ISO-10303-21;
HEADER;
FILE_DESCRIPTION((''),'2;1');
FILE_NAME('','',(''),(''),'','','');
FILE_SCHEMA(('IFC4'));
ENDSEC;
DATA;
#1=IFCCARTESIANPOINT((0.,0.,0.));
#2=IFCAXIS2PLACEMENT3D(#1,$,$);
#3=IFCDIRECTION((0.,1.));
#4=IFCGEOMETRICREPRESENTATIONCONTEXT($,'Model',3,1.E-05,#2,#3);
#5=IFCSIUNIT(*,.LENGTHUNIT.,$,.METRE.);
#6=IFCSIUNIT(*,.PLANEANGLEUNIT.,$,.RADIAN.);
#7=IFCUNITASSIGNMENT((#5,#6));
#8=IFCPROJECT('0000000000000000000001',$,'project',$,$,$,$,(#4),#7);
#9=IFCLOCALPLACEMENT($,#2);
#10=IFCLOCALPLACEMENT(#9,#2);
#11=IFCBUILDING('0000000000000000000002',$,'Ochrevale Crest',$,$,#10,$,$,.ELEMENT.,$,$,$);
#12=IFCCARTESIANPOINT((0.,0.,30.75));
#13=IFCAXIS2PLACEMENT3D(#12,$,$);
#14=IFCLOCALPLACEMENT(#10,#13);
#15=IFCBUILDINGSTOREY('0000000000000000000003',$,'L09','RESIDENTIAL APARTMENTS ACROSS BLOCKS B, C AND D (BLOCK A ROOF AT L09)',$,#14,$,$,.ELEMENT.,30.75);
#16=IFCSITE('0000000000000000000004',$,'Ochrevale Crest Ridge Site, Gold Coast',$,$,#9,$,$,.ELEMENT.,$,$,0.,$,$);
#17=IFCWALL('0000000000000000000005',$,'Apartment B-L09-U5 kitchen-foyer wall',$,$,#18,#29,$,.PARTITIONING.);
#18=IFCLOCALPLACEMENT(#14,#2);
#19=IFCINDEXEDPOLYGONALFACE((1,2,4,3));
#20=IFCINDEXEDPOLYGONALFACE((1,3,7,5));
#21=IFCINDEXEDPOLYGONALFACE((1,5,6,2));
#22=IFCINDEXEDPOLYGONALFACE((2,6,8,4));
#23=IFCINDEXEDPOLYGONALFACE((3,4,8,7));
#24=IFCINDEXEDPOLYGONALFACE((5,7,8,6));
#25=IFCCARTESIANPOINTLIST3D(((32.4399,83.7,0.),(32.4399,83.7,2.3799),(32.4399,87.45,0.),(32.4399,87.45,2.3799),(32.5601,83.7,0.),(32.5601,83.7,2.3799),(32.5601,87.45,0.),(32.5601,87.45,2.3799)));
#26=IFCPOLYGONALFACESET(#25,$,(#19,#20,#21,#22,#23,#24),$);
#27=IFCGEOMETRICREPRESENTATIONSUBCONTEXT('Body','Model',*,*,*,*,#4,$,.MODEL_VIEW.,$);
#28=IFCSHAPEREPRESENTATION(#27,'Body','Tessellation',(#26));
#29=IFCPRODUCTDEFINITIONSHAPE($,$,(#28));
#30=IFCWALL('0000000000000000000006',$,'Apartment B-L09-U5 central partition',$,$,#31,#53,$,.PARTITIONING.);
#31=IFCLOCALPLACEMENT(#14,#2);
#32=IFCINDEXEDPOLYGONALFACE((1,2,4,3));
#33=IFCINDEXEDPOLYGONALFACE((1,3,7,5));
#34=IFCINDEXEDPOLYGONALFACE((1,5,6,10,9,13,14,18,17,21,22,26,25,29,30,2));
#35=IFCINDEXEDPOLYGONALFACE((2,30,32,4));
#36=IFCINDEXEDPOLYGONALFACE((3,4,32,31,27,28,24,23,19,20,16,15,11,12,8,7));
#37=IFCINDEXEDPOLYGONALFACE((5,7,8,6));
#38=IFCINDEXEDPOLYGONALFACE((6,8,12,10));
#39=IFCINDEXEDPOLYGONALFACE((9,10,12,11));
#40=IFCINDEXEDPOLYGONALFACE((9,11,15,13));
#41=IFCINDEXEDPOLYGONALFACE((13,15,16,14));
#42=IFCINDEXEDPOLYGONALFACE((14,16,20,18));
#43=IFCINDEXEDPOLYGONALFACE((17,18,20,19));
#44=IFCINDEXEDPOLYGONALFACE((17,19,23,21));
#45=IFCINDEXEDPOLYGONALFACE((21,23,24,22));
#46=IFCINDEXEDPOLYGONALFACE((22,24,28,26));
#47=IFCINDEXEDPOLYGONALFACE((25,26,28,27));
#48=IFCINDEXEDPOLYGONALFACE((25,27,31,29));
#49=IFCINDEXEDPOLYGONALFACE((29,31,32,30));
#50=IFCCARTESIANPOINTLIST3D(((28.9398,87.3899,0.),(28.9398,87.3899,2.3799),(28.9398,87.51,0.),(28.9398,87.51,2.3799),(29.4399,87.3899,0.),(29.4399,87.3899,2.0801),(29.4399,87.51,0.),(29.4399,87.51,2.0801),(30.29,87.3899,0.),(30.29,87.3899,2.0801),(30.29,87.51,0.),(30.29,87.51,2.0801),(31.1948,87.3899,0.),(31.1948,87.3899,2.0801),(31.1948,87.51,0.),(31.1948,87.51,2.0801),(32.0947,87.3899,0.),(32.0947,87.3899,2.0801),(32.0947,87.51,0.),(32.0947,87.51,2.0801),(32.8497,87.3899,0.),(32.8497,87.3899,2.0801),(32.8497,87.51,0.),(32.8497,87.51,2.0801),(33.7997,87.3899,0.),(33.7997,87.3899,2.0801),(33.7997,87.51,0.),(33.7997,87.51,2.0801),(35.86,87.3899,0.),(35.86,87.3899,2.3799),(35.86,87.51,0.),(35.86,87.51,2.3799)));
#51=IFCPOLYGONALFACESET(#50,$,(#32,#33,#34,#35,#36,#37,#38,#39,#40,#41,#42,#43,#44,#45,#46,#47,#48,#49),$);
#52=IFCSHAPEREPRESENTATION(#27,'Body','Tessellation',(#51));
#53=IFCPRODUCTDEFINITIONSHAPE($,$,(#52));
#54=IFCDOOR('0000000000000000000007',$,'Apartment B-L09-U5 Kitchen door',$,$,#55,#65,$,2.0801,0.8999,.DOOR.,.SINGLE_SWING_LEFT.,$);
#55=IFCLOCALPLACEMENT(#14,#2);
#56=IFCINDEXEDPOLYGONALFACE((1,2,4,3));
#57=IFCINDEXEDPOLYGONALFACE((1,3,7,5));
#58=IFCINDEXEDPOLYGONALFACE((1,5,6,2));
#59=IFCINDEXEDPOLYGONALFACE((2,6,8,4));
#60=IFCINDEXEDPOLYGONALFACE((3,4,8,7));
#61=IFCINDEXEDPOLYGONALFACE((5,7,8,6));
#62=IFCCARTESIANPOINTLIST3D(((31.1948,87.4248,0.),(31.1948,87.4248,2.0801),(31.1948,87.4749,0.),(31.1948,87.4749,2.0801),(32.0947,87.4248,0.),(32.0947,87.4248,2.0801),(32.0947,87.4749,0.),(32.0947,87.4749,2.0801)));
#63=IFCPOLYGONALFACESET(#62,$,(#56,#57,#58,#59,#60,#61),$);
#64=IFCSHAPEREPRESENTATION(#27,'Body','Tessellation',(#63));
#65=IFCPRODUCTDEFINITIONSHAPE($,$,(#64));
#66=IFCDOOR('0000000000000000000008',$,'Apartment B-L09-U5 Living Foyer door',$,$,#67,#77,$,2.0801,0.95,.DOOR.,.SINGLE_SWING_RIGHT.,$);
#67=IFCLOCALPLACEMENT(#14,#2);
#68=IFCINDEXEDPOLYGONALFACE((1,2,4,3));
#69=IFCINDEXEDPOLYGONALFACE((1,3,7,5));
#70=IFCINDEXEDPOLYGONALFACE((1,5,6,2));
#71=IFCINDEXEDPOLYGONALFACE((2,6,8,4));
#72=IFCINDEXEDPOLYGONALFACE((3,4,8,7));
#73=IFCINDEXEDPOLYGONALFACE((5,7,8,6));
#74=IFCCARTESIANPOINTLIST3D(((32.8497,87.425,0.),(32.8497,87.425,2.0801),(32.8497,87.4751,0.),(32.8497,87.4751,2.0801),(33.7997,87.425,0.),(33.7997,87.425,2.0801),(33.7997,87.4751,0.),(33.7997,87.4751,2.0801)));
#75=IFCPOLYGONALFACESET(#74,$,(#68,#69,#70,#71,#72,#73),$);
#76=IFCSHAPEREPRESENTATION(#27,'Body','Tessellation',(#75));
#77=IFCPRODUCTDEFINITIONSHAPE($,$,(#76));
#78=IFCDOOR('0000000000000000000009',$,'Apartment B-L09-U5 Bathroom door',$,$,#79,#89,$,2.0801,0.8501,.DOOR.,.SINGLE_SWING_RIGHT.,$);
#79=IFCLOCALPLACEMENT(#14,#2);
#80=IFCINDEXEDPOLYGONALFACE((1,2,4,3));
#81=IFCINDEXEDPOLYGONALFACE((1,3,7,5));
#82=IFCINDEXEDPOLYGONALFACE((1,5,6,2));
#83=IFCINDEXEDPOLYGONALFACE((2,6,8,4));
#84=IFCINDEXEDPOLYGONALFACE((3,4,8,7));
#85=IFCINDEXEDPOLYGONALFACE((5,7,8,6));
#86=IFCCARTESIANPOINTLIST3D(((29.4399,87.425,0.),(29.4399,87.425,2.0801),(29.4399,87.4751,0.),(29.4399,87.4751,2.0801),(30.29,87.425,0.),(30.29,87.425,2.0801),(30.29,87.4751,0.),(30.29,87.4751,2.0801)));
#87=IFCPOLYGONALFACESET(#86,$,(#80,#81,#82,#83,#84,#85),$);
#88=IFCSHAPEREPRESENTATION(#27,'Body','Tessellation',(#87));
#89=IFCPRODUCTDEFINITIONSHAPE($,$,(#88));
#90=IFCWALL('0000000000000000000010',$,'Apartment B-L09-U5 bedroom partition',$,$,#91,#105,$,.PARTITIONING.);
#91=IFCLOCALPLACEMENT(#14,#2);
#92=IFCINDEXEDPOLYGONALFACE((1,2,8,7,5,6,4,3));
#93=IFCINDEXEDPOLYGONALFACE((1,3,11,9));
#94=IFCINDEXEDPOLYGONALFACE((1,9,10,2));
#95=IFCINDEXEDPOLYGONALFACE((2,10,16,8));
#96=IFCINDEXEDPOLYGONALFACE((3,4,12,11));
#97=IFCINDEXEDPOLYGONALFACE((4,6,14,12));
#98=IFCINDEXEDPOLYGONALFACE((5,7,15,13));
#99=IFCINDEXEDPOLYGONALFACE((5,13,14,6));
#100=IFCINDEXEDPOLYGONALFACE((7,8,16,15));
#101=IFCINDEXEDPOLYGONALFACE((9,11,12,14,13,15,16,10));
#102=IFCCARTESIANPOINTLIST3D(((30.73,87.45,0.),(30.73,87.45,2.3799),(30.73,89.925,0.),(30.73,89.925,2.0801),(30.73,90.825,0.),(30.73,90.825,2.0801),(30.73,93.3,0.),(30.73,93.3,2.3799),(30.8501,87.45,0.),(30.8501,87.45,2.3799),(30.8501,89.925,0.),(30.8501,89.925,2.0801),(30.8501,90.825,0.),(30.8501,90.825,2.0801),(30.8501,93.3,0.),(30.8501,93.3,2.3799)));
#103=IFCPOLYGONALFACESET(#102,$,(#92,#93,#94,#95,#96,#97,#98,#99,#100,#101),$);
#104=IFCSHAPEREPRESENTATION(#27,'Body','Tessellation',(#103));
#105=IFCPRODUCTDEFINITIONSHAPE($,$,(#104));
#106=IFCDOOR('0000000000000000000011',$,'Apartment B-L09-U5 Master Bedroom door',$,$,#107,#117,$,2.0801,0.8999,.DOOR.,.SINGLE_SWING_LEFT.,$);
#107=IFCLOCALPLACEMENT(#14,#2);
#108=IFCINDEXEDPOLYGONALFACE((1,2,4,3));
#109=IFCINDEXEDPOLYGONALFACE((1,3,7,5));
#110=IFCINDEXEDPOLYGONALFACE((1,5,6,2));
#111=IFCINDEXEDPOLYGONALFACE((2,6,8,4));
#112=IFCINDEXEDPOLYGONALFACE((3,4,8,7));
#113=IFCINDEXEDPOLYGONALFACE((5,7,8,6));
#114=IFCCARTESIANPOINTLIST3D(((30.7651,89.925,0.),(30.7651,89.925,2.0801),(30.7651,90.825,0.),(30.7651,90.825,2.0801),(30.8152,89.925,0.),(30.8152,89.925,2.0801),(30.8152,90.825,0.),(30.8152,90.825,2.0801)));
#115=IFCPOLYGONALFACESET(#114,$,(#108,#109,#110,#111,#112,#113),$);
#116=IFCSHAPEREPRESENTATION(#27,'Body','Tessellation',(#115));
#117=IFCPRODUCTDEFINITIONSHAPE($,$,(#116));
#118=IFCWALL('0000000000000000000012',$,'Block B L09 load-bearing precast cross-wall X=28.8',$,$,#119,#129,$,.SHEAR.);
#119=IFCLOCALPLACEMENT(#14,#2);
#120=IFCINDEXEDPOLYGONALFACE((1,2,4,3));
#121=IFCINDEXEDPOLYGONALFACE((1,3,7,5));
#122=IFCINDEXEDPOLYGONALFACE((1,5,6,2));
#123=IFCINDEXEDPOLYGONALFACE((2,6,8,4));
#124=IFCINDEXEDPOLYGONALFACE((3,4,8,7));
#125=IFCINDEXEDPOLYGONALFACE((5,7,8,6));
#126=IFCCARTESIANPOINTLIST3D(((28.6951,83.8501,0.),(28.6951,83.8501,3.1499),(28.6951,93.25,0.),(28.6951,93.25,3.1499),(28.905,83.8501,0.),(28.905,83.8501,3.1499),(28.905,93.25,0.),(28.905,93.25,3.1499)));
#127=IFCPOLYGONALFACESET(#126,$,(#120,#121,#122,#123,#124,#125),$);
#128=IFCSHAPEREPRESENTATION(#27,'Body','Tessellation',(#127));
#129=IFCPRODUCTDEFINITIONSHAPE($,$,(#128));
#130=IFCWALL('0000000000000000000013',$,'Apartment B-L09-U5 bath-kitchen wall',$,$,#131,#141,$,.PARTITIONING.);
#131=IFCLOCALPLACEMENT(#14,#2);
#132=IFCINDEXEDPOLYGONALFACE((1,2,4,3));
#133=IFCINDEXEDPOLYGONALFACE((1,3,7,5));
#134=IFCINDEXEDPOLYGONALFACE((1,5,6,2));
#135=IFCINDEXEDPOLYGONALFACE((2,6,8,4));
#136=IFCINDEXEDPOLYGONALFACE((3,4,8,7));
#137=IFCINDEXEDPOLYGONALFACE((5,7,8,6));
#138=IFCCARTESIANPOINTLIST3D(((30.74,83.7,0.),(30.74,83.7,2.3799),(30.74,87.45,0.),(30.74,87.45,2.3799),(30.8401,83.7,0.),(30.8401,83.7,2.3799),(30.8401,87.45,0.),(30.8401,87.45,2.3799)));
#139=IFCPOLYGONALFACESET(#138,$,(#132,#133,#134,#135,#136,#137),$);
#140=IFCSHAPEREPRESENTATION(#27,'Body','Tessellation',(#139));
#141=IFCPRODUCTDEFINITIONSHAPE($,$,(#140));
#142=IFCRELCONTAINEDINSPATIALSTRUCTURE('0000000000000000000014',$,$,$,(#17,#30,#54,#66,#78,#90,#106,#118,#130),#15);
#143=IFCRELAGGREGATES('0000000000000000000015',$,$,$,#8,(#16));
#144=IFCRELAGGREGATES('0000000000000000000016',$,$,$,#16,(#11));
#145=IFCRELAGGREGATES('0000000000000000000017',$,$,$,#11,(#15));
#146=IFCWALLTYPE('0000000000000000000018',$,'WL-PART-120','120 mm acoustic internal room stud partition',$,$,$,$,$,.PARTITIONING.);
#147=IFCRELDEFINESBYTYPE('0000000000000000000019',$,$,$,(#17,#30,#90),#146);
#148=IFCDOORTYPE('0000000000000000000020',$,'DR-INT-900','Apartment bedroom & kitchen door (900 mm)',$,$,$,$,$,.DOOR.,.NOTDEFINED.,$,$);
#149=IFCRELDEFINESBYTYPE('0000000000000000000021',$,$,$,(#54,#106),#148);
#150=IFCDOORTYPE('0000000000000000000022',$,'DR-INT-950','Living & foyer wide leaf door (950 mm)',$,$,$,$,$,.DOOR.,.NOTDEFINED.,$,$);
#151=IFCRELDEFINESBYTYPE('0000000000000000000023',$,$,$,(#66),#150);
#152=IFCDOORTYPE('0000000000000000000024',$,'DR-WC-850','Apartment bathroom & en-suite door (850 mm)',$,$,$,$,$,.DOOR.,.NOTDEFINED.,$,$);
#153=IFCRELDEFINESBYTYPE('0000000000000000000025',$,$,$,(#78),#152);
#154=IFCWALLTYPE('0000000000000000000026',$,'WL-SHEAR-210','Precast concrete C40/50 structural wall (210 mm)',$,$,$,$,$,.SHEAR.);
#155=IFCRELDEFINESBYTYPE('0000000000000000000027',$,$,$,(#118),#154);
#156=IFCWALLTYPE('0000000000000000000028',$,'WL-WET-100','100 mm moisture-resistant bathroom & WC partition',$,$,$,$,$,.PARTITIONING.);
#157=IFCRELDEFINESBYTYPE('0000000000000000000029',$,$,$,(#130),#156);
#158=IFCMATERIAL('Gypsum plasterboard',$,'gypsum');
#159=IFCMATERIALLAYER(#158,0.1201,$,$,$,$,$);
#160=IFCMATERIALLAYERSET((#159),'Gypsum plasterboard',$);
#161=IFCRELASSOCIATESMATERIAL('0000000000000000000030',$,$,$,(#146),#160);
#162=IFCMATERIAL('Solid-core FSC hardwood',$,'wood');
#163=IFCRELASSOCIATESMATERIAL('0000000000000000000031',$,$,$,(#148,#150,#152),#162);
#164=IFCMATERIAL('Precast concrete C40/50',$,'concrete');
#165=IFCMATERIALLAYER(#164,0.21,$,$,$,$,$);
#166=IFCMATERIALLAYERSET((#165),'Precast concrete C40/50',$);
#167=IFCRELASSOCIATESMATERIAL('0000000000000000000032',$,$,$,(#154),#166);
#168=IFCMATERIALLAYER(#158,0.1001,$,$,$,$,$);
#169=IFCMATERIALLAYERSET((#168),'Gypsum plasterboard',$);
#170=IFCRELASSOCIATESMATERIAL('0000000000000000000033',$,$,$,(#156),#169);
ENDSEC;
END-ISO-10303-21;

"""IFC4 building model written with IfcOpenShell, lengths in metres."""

from ifc_helpers import new_model, si_unit, direction, frame, frame_2d, origin, place, context, subcontext, project, spatial, rectangle, extrude, material, layer, layer_set, type_object, element, fill, save


model = new_model("IFC4")

# Units and contexts
model_context = context("Model", 3, precision=1e-05, world=origin(), true_north=direction((0.0, 1.0)))
body_context = subcontext(model_context, "Body", "Model", "MODEL_VIEW")
ifc_project = project(units=[si_unit("LENGTHUNIT", "METRE"), si_unit("PLANEANGLEUNIT", "RADIAN")], contexts=[model_context])

# Site, building, storey
site_placement = place(None, origin())
site = spatial("IfcSite", under=ifc_project, at=site_placement, Name="Ochrevale Crest Ridge Site, Gold Coast", CompositionType="ELEMENT", RefElevation=0.0)
building_placement = place(site_placement, origin())
building = spatial("IfcBuilding", under=site, at=building_placement, Name="Ochrevale Crest", CompositionType="ELEMENT")
storey_placement = place(building_placement, frame((0.0, 0.0, 30.75)))
storey = spatial("IfcBuildingStorey", under=building, at=storey_placement, Name="L09", Description="RESIDENTIAL APARTMENTS ACROSS BLOCKS B, C AND D (BLOCK A ROOF AT L09)", CompositionType="ELEMENT", Elevation=30.75)

# Shared definitions
ifc_material_1 = material(Name="Gypsum plasterboard", Category="gypsum")
ifc_material_2 = material(Name="Solid-core FSC hardwood", Category="wood")

# Wall
ifc_layer_1 = layer(ifc_material_1, 0.1201)
ifc_layer_set_1 = layer_set([ifc_layer_1], Name="Gypsum plasterboard")
wall_type_1 = type_object("IfcWallType", Name="WL-PART-120", Description="120 mm acoustic internal room stud partition", PredefinedType="PARTITIONING", material=ifc_layer_set_1)
wall_1_placement = place(storey_placement, frame((32.5, 83.7, 0.0), z_axis=(0.0, 0.0, 1.0), x_axis=(0.0, 1.0, 0.0)))
element("IfcWall", 1, at=wall_1_placement, inside=storey, type_object=wall_type_1, Name="Apartment B-L09-U5 kitchen-foyer wall", PredefinedType="PARTITIONING", context=body_context, shape_type="SweptSolid", body=[
    extrude(rectangle(XDim=3.75, YDim=0.1201, at=frame_2d((1.875, 0.0))), origin(), (0.0, 0.0, 1.0), 2.3799),
])

# Wall, openings, doors
wall_2_placement = place(storey_placement, frame((28.9399, 87.45, 0.0), z_axis=(0.0, 0.0, 1.0), x_axis=(1.0, 0.0, 0.0)))
wall_2 = element("IfcWall", 2, at=wall_2_placement, inside=storey, type_object=wall_type_1, Name="Apartment B-L09-U5 central partition", PredefinedType="PARTITIONING", context=body_context, shape_type="SweptSolid", body=[
    extrude(rectangle(XDim=6.9202, YDim=0.1201, at=frame_2d((3.46, 0.0))), origin(), (0.0, 0.0, 1.0), 2.3799),
])
opening_1_placement = place(wall_2_placement, frame((1.3501, 0.0, 0.0), z_axis=(0.0, 0.0, 1.0), x_axis=(-1.0, 0.0, 0.0)))
opening_1 = element("IfcOpeningElement", 3, at=opening_1_placement, cuts=wall_2, PredefinedType="OPENING", context=body_context, shape_type="SweptSolid", body=[
    extrude(rectangle(XDim=0.8501, YDim=2.0801, at=frame_2d((0.425, 1.04))), frame((0.0, 0.0701, 0.0), z_axis=(0.0, -1.0, 0.0), x_axis=(1.0, 0.0, 0.0)), (0.0, 0.0, 1.0), 0.1401),
])
opening_2_placement = place(wall_2_placement, frame((2.2549, 0.0, 0.0)))
opening_2 = element("IfcOpeningElement", 4, at=opening_2_placement, cuts=wall_2, PredefinedType="OPENING", context=body_context, shape_type="SweptSolid", body=[
    extrude(rectangle(XDim=0.8999, YDim=2.0801, at=frame_2d((0.45, 1.04))), frame((0.0, 0.0701, 0.0), z_axis=(0.0, -1.0, 0.0), x_axis=(1.0, 0.0, 0.0)), (0.0, 0.0, 1.0), 0.1401),
])
opening_3_placement = place(wall_2_placement, frame((4.8599, 0.0, 0.0), z_axis=(0.0, 0.0, 1.0), x_axis=(-1.0, 0.0, 0.0)))
opening_3 = element("IfcOpeningElement", 5, at=opening_3_placement, cuts=wall_2, PredefinedType="OPENING", context=body_context, shape_type="SweptSolid", body=[
    extrude(rectangle(XDim=0.95, YDim=2.0801, at=frame_2d((0.4751, 1.04))), frame((0.0, 0.0701, 0.0), z_axis=(0.0, -1.0, 0.0), x_axis=(1.0, 0.0, 0.0)), (0.0, 0.0, 1.0), 0.1401),
])
door_type_1 = type_object("IfcDoorType", Name="DR-INT-900", Description="Apartment bedroom & kitchen door (900 mm)", OperationType="NOTDEFINED", PredefinedType="DOOR", material=ifc_material_2)
door_1_placement = place(opening_2_placement, origin())
door_1 = element("IfcDoor", 6, at=door_1_placement, inside=storey, type_object=door_type_1, Name="Apartment B-L09-U5 Kitchen door", OperationType="SINGLE_SWING_LEFT", OverallHeight=2.0801, OverallWidth=0.8999, PredefinedType="DOOR", context=body_context, shape_type="SweptSolid", body=[
    extrude(rectangle(XDim=0.8999, YDim=2.0801, at=frame_2d((0.45, 1.04))), frame((0.0, 0.0249, 0.0), z_axis=(0.0, -1.0, 0.0), x_axis=(1.0, 0.0, 0.0)), (0.0, 0.0, 1.0), 0.05),
])
fill(opening_2, door_1)
door_type_2 = type_object("IfcDoorType", Name="DR-INT-950", Description="Living & foyer wide leaf door (950 mm)", OperationType="NOTDEFINED", PredefinedType="DOOR", material=ifc_material_2)
door_2_placement = place(opening_3_placement, origin())
door_2 = element("IfcDoor", 7, at=door_2_placement, inside=storey, type_object=door_type_2, Name="Apartment B-L09-U5 Living Foyer door", OperationType="SINGLE_SWING_RIGHT", OverallHeight=2.0801, OverallWidth=0.95, PredefinedType="DOOR", context=body_context, shape_type="SweptSolid", body=[
    extrude(rectangle(XDim=0.95, YDim=2.0801, at=frame_2d((0.4751, 1.04))), frame((0.0, 0.0249, 0.0), z_axis=(0.0, -1.0, 0.0), x_axis=(1.0, 0.0, 0.0)), (0.0, 0.0, 1.0), 0.05),
])
fill(opening_3, door_2)
door_type_3 = type_object("IfcDoorType", Name="DR-WC-850", Description="Apartment bathroom & en-suite door (850 mm)", OperationType="NOTDEFINED", PredefinedType="DOOR", material=ifc_material_2)
door_3_placement = place(opening_1_placement, origin())
door_3 = element("IfcDoor", 8, at=door_3_placement, inside=storey, type_object=door_type_3, Name="Apartment B-L09-U5 Bathroom door", OperationType="SINGLE_SWING_RIGHT", OverallHeight=2.0801, OverallWidth=0.8501, PredefinedType="DOOR", context=body_context, shape_type="SweptSolid", body=[
    extrude(rectangle(XDim=0.8501, YDim=2.0801, at=frame_2d((0.425, 1.04))), frame((0.0, 0.0249, 0.0), z_axis=(0.0, -1.0, 0.0), x_axis=(1.0, 0.0, 0.0)), (0.0, 0.0, 1.0), 0.05),
])
fill(opening_1, door_3)

# Wall, opening, door
wall_3_placement = place(storey_placement, frame((30.79, 87.45, 0.0), z_axis=(0.0, 0.0, 1.0), x_axis=(0.0, 1.0, 0.0)))
wall_3 = element("IfcWall", 9, at=wall_3_placement, inside=storey, type_object=wall_type_1, Name="Apartment B-L09-U5 bedroom partition", PredefinedType="PARTITIONING", context=body_context, shape_type="SweptSolid", body=[
    extrude(rectangle(XDim=5.8501, YDim=0.1201, at=frame_2d((2.925, 0.0))), origin(), (0.0, 0.0, 1.0), 2.3799),
])
opening_4_placement = place(wall_3_placement, frame((2.4751, 0.0, 0.0)))
opening_4 = element("IfcOpeningElement", 10, at=opening_4_placement, cuts=wall_3, PredefinedType="OPENING", context=body_context, shape_type="SweptSolid", body=[
    extrude(rectangle(XDim=0.8999, YDim=2.0801, at=frame_2d((0.45, 1.04))), frame((0.0, 0.0701, 0.0), z_axis=(0.0, -1.0, 0.0), x_axis=(1.0, 0.0, 0.0)), (0.0, 0.0, 1.0), 0.1401),
])
door_4_placement = place(opening_4_placement, origin())
door_4 = element("IfcDoor", 11, at=door_4_placement, inside=storey, type_object=door_type_1, Name="Apartment B-L09-U5 Master Bedroom door", OperationType="SINGLE_SWING_LEFT", OverallHeight=2.0801, OverallWidth=0.8999, PredefinedType="DOOR", context=body_context, shape_type="SweptSolid", body=[
    extrude(rectangle(XDim=0.8999, YDim=2.0801, at=frame_2d((0.45, 1.04))), frame((0.0, 0.0249, 0.0), z_axis=(0.0, -1.0, 0.0), x_axis=(1.0, 0.0, 0.0)), (0.0, 0.0, 1.0), 0.05),
])
fill(opening_4, door_4)

# Walls
ifc_material_3 = material(Name="Precast concrete C40/50", Category="concrete")
ifc_layer_2 = layer(ifc_material_3, 0.21)
ifc_layer_set_2 = layer_set([ifc_layer_2], Name="Precast concrete C40/50")
wall_type_2 = type_object("IfcWallType", Name="WL-SHEAR-210", Description="Precast concrete C40/50 structural wall (210 mm)", PredefinedType="SHEAR", material=ifc_layer_set_2)
wall_4_placement = place(storey_placement, frame((28.8, 83.8501, 0.0), z_axis=(0.0, 0.0, 1.0), x_axis=(0.0, 1.0, 0.0)))
element("IfcWall", 12, at=wall_4_placement, inside=storey, type_object=wall_type_2, Name="Block B L09 load-bearing precast cross-wall X=28.8", PredefinedType="SHEAR", context=body_context, shape_type="SweptSolid", body=[
    extrude(rectangle(XDim=9.3999, YDim=0.21, at=frame_2d((4.7, 0.0))), origin(), (0.0, 0.0, 1.0), 3.1499),
])
ifc_layer_3 = layer(ifc_material_1, 0.1001)
ifc_layer_set_3 = layer_set([ifc_layer_3], Name="Gypsum plasterboard")
wall_type_3 = type_object("IfcWallType", Name="WL-WET-100", Description="100 mm moisture-resistant bathroom & WC partition", PredefinedType="PARTITIONING", material=ifc_layer_set_3)
wall_5_placement = place(storey_placement, frame((30.79, 83.7, 0.0), z_axis=(0.0, 0.0, 1.0), x_axis=(0.0, 1.0, 0.0)))
element("IfcWall", 13, at=wall_5_placement, inside=storey, type_object=wall_type_3, Name="Apartment B-L09-U5 bath-kitchen wall", PredefinedType="PARTITIONING", context=body_context, shape_type="SweptSolid", body=[
    extrude(rectangle(XDim=3.75, YDim=0.1001, at=frame_2d((1.875, 0.0))), origin(), (0.0, 0.0, 1.0), 2.3799),
])

save(model, "model.ifc")
